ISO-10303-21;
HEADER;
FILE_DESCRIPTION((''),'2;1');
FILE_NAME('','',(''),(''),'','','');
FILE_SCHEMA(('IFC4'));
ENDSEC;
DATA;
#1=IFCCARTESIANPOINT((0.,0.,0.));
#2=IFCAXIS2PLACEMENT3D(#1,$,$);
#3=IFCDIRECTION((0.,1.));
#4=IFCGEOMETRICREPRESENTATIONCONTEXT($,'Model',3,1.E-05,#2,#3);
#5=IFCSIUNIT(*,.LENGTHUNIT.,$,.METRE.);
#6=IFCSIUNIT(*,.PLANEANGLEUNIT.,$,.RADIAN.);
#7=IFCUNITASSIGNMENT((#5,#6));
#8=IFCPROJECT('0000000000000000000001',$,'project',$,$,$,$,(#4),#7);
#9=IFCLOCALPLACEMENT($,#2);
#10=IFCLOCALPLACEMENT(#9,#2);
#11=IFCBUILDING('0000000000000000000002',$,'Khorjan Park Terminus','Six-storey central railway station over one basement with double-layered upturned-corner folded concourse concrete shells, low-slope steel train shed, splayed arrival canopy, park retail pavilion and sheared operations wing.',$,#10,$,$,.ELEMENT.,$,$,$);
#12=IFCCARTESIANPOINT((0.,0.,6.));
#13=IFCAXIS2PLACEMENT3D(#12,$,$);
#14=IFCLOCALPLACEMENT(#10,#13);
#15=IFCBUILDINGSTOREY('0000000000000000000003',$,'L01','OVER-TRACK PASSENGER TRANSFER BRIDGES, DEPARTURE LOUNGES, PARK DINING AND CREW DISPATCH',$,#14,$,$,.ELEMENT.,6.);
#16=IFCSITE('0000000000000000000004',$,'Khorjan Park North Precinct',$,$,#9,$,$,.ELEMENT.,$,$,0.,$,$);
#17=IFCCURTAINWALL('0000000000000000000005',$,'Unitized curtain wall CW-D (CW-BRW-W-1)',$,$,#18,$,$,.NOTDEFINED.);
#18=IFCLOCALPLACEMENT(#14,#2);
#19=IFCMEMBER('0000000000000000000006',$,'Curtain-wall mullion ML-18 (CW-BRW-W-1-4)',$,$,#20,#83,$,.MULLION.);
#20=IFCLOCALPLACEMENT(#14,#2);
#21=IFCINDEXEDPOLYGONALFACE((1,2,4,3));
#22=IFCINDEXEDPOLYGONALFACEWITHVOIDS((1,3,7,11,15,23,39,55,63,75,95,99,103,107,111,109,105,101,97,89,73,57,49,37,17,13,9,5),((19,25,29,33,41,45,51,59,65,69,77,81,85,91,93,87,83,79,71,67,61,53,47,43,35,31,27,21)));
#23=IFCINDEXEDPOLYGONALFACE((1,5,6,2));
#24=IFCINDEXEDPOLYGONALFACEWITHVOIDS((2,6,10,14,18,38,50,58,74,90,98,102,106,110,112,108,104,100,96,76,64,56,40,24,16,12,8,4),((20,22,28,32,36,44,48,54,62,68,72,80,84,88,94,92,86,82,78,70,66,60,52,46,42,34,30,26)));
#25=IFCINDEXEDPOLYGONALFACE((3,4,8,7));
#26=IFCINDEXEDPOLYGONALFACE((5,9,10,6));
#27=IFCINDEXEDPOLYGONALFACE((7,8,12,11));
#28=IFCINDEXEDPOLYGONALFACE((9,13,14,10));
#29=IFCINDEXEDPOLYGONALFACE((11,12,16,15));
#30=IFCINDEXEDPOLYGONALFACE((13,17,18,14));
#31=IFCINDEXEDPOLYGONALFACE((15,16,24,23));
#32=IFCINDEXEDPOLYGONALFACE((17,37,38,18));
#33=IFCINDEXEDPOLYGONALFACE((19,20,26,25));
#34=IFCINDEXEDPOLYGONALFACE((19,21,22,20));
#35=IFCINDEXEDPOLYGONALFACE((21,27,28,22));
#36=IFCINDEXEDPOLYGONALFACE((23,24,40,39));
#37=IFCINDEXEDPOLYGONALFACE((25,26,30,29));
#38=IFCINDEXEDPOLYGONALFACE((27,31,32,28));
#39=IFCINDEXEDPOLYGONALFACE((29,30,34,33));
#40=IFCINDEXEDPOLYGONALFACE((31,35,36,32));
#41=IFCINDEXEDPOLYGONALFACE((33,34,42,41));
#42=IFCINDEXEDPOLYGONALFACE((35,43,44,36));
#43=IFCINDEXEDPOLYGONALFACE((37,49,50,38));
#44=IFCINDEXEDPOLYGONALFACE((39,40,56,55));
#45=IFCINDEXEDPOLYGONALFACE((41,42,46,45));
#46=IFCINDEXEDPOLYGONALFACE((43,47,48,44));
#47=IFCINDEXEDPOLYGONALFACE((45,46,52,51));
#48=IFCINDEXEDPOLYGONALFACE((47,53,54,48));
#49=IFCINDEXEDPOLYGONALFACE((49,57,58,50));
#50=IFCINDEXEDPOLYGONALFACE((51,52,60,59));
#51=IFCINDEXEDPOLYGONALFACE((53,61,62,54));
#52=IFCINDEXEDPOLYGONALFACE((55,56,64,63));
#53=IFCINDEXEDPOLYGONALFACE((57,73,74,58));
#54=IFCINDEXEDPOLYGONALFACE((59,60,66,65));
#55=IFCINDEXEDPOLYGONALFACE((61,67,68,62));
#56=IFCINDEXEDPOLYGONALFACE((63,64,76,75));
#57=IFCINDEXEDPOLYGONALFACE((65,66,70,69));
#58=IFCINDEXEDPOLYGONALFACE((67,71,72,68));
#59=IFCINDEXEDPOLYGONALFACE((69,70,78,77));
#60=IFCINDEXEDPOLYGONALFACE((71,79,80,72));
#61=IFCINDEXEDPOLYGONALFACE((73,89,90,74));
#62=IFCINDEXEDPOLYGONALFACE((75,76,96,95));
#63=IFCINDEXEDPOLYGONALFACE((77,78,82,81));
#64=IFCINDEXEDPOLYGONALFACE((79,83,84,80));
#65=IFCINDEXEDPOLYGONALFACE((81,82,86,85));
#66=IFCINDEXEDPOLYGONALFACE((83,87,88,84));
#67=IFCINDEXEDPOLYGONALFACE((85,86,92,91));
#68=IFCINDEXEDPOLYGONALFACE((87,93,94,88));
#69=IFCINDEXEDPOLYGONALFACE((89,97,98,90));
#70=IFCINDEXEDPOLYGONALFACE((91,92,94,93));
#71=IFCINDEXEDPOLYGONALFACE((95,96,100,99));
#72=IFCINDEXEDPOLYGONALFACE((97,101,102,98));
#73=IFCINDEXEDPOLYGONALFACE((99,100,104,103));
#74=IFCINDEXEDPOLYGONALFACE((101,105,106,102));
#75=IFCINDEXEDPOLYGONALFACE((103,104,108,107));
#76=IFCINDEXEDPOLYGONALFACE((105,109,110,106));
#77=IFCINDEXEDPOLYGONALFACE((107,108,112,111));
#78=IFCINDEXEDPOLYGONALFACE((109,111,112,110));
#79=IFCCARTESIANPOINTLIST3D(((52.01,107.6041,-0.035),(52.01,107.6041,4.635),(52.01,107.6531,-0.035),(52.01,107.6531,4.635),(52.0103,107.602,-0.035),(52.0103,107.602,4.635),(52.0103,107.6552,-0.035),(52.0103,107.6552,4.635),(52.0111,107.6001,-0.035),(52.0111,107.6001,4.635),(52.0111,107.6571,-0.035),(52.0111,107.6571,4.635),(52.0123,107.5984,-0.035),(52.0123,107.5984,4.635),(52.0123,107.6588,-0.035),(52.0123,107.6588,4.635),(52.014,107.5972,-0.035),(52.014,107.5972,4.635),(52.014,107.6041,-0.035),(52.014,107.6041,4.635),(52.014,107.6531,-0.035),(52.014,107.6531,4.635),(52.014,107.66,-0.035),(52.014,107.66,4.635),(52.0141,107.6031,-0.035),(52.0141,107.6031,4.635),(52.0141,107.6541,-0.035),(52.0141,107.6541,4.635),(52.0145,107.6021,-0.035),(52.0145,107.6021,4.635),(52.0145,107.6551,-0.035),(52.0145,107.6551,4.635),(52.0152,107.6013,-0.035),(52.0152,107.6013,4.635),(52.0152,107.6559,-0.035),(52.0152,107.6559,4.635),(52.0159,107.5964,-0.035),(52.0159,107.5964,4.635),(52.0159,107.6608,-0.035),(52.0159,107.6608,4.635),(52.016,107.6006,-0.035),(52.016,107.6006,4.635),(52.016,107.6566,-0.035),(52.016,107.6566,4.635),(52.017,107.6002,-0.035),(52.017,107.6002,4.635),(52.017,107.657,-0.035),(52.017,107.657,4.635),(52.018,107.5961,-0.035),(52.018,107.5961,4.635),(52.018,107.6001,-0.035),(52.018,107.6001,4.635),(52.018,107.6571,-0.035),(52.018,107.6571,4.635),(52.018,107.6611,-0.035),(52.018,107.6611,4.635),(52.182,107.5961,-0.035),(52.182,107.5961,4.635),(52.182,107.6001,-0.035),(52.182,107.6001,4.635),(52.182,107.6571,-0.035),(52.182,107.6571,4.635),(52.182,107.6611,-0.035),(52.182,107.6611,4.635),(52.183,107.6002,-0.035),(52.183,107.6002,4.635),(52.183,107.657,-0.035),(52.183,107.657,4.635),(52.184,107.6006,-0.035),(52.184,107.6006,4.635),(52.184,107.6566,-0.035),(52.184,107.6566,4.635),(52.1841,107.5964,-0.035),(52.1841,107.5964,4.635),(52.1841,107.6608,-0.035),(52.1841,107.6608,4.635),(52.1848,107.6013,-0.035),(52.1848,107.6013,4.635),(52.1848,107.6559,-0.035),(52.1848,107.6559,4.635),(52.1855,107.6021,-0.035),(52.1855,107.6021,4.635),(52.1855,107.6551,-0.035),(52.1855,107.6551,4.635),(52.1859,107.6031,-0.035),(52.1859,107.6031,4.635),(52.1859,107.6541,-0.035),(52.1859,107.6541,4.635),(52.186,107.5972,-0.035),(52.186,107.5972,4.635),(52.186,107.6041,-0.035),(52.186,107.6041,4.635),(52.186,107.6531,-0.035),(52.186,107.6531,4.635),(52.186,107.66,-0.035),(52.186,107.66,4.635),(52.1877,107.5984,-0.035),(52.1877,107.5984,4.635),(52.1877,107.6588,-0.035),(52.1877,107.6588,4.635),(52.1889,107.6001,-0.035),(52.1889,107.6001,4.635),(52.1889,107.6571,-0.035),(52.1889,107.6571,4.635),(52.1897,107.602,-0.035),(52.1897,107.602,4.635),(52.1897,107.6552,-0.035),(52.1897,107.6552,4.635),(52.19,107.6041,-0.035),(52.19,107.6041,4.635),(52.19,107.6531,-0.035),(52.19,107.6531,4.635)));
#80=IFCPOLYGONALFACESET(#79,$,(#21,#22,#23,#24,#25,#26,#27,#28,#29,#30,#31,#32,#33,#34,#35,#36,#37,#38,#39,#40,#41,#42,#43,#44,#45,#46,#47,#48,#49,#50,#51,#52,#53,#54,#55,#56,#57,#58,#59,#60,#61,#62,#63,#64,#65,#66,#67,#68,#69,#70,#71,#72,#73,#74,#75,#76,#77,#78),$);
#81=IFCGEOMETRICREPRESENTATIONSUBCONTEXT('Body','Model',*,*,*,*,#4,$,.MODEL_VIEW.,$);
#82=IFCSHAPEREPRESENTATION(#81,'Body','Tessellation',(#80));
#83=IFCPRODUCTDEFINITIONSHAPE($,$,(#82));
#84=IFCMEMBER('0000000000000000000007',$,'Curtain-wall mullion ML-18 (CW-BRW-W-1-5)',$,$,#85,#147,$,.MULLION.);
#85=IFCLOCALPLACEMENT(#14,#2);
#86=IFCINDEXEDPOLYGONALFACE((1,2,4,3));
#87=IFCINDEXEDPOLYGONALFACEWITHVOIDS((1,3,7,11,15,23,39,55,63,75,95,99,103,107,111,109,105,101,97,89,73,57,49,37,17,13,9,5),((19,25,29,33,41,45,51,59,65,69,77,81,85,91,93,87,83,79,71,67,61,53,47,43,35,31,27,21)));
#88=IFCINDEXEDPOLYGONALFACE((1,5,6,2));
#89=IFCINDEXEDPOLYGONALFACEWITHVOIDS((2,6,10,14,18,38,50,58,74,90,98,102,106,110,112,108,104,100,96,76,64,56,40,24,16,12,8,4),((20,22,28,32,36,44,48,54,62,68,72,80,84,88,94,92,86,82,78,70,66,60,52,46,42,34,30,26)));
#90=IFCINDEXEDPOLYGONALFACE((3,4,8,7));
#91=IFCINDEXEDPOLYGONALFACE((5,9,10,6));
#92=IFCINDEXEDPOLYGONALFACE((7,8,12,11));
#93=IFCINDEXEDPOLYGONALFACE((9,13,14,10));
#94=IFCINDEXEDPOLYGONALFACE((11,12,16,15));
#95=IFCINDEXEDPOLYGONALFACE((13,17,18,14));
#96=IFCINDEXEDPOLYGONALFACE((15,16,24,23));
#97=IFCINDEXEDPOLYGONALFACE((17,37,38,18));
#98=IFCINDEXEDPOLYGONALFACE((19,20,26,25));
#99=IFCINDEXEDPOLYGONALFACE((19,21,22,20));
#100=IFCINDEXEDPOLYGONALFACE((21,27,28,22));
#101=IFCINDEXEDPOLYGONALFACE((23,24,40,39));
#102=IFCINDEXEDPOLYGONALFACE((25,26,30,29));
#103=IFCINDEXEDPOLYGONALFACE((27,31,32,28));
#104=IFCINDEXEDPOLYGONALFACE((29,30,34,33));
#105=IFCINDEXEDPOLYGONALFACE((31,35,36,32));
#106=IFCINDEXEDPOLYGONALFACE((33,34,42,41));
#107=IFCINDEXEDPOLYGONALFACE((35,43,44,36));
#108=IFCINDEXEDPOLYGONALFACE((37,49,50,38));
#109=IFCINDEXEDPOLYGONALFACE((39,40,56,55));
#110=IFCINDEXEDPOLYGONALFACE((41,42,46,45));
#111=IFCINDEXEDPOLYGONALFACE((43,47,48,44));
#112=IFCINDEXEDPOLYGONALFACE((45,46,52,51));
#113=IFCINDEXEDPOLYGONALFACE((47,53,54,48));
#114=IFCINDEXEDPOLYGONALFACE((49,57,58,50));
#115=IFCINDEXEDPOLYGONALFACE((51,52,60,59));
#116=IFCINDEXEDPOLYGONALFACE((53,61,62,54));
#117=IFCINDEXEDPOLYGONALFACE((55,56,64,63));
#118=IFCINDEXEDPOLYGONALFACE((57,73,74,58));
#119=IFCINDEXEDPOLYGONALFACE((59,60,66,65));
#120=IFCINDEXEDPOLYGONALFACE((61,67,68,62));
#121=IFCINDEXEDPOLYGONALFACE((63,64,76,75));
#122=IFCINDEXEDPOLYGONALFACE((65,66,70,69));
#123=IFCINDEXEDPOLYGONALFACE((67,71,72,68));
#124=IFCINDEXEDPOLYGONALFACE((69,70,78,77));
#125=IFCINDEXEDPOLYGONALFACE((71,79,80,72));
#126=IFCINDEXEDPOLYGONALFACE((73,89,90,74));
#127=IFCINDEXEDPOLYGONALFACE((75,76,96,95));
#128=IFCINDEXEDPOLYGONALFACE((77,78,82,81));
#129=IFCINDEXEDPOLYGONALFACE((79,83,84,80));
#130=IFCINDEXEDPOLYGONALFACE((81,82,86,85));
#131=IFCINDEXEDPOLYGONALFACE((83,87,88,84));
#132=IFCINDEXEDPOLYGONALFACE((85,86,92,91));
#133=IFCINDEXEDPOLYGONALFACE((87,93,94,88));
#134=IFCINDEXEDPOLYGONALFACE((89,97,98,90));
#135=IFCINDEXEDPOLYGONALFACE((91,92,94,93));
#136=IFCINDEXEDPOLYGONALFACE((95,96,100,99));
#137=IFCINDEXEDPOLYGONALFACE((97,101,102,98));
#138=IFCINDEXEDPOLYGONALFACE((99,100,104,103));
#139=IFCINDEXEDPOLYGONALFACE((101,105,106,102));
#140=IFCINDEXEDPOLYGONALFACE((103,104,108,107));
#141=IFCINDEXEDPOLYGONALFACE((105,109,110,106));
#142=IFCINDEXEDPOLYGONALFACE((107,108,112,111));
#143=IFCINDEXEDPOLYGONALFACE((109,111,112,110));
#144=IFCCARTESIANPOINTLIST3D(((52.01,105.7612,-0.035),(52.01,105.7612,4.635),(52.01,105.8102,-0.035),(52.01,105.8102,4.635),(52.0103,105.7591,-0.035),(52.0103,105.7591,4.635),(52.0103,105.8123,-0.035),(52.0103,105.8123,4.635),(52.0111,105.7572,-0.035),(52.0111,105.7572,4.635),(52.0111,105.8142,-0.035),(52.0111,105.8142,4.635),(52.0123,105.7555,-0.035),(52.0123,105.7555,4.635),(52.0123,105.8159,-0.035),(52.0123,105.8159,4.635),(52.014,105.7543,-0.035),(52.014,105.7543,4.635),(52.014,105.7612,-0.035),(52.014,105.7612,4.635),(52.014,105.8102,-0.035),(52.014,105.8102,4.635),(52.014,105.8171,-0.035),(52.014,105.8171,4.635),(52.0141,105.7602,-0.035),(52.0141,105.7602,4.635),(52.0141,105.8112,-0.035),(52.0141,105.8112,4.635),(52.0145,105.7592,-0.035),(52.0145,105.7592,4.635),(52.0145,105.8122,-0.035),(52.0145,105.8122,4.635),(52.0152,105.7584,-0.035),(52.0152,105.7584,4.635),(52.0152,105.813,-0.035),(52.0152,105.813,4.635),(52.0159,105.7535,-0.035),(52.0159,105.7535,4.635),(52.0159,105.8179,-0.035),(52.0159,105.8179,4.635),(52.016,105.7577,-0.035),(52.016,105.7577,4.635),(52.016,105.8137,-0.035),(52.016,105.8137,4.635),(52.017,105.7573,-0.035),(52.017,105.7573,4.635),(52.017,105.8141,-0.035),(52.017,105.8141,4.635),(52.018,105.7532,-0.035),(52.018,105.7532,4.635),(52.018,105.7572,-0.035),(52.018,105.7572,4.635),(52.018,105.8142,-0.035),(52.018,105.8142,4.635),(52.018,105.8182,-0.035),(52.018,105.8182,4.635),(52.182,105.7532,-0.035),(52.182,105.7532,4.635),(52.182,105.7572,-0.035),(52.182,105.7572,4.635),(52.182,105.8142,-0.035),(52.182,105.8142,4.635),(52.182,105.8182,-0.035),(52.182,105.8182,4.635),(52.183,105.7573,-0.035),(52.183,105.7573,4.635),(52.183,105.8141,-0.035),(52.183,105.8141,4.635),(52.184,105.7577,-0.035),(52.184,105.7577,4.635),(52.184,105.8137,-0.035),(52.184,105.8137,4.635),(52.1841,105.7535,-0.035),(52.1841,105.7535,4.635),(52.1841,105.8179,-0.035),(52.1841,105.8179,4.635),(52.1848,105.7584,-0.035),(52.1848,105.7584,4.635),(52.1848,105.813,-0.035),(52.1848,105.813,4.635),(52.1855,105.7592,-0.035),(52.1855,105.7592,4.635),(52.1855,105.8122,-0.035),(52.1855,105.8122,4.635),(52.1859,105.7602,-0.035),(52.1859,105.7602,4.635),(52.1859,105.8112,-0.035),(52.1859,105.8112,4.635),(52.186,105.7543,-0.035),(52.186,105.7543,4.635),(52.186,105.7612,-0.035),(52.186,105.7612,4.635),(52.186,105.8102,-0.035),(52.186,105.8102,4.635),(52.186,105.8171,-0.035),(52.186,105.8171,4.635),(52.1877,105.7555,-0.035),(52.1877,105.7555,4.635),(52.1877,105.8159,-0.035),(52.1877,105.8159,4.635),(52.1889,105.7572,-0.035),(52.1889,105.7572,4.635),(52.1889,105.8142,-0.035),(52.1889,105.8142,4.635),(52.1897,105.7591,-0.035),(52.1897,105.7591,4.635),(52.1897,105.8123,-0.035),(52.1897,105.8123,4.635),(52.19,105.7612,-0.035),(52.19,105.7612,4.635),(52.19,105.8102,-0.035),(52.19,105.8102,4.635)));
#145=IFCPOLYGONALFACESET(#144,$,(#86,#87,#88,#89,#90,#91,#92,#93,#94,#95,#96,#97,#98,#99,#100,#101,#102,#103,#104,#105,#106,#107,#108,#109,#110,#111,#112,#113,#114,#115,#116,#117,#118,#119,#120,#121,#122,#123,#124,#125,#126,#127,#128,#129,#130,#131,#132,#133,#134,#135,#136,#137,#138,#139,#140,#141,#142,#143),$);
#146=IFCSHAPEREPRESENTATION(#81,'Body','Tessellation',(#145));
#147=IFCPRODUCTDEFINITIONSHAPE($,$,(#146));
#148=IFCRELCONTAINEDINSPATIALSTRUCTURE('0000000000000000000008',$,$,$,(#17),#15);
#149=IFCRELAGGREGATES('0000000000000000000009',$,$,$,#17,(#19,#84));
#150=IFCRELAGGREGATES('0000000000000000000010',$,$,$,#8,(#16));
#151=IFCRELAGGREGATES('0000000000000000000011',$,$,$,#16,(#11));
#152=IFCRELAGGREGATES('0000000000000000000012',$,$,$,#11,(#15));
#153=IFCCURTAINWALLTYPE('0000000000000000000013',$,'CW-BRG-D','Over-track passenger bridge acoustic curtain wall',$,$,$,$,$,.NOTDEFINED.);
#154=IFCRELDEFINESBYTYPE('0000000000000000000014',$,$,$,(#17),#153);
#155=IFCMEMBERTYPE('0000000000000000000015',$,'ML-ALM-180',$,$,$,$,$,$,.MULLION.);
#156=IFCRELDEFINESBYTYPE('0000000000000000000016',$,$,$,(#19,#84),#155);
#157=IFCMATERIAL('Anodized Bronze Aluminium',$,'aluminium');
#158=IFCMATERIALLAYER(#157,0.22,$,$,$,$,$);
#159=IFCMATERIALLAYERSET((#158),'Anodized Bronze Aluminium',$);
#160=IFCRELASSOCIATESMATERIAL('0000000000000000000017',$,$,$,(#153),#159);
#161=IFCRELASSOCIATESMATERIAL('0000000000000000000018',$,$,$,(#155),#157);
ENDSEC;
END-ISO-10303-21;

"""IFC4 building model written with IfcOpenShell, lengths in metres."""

from ifc_helpers import new_model, si_unit, direction, frame, origin, origin_2d, place, context, subcontext, project, spatial, hollow_rectangle, extrude, material, layer, layer_set, material_profile, profile_set, type_object, element, aggregate, save


model = new_model("IFC4")

# Units and contexts
model_context = context("Model", 3, precision=1e-05, world=origin(), true_north=direction((0.0, 1.0)))
body_context = subcontext(model_context, "Body", "Model", "MODEL_VIEW")
ifc_project = project(units=[si_unit("LENGTHUNIT", "METRE"), si_unit("PLANEANGLEUNIT", "RADIAN")], contexts=[model_context])

# Site, building, storey
site_placement = place(None, origin())
site = spatial("IfcSite", under=ifc_project, at=site_placement, Name="Khorjan Park North Precinct", CompositionType="ELEMENT", RefElevation=0.0)
building_placement = place(site_placement, origin())
building = spatial("IfcBuilding", under=site, at=building_placement, Name="Khorjan Park Terminus", Description="Six-storey central railway station over one basement with double-layered upturned-corner folded concourse concrete shells, low-slope steel train shed, splayed arrival canopy, park retail pavilion and sheared operations wing.", CompositionType="ELEMENT")
storey_placement = place(building_placement, frame((0.0, 0.0, 6.0)))
storey = spatial("IfcBuildingStorey", under=building, at=storey_placement, Name="L01", Description="OVER-TRACK PASSENGER TRANSFER BRIDGES, DEPARTURE LOUNGES, PARK DINING AND CREW DISPATCH", CompositionType="ELEMENT", Elevation=6.0)

# Curtain wall, members
ifc_material_1 = material(Name="Anodized Bronze Aluminium", Category="aluminium")
ifc_layer_1 = layer(ifc_material_1, 0.22)
ifc_layer_set_1 = layer_set([ifc_layer_1], Name="Anodized Bronze Aluminium")
curtain_wall_type = type_object("IfcCurtainWallType", Name="CW-BRG-D", Description="Over-track passenger bridge acoustic curtain wall", PredefinedType="NOTDEFINED", material=ifc_layer_set_1)
curtain_wall_placement = place(storey_placement, origin())
curtain_wall = element("IfcCurtainWall", 1, at=curtain_wall_placement, inside=storey, type_object=curtain_wall_type, Name="Unitized curtain wall CW-D (CW-BRW-W-1)", PredefinedType="NOTDEFINED")
ifc_material_profile_1 = material_profile(ifc_material_1, hollow_rectangle(XDim=0.065, YDim=0.18, WallThickness=0.004, InnerFilletRadius=0.004, OuterFilletRadius=0.008, at=origin_2d()), Name="ALM 65x180x4")
ifc_profile_set_1 = profile_set([ifc_material_profile_1], Name="Anodized Bronze Aluminium")
member_type_1 = type_object("IfcMemberType", Name="ML-ALM-180", PredefinedType="MULLION", material=ifc_profile_set_1)
member_1_placement = place(storey_placement, frame((52.1, 107.6286, -0.035), z_axis=(0.0, 0.0, 1.0), x_axis=(0.0, -1.0, 0.0)))
member_1 = element("IfcMember", 2, at=member_1_placement, type_object=member_type_1, Name="Curtain-wall mullion ML-18 (CW-BRW-W-1-4)", PredefinedType="MULLION", context=body_context, shape_type="SweptSolid", body=[
    extrude(hollow_rectangle(XDim=0.065, YDim=0.18, WallThickness=0.004, InnerFilletRadius=0.004, OuterFilletRadius=0.008, at=origin_2d()), origin(), (0.0, 0.0, 1.0), 4.67),
])
member_2_placement = place(storey_placement, frame((52.1, 105.7857, -0.035), z_axis=(0.0, 0.0, 1.0), x_axis=(0.0, -1.0, 0.0)))
member_2 = element("IfcMember", 3, at=member_2_placement, type_object=member_type_1, Name="Curtain-wall mullion ML-18 (CW-BRW-W-1-5)", PredefinedType="MULLION", context=body_context, shape_type="SweptSolid", body=[
    extrude(hollow_rectangle(XDim=0.065, YDim=0.18, WallThickness=0.004, InnerFilletRadius=0.004, OuterFilletRadius=0.008, at=origin_2d()), origin(), (0.0, 0.0, 1.0), 4.67),
])
aggregate(curtain_wall, [member_1, member_2])

save(model, "model.ifc")
